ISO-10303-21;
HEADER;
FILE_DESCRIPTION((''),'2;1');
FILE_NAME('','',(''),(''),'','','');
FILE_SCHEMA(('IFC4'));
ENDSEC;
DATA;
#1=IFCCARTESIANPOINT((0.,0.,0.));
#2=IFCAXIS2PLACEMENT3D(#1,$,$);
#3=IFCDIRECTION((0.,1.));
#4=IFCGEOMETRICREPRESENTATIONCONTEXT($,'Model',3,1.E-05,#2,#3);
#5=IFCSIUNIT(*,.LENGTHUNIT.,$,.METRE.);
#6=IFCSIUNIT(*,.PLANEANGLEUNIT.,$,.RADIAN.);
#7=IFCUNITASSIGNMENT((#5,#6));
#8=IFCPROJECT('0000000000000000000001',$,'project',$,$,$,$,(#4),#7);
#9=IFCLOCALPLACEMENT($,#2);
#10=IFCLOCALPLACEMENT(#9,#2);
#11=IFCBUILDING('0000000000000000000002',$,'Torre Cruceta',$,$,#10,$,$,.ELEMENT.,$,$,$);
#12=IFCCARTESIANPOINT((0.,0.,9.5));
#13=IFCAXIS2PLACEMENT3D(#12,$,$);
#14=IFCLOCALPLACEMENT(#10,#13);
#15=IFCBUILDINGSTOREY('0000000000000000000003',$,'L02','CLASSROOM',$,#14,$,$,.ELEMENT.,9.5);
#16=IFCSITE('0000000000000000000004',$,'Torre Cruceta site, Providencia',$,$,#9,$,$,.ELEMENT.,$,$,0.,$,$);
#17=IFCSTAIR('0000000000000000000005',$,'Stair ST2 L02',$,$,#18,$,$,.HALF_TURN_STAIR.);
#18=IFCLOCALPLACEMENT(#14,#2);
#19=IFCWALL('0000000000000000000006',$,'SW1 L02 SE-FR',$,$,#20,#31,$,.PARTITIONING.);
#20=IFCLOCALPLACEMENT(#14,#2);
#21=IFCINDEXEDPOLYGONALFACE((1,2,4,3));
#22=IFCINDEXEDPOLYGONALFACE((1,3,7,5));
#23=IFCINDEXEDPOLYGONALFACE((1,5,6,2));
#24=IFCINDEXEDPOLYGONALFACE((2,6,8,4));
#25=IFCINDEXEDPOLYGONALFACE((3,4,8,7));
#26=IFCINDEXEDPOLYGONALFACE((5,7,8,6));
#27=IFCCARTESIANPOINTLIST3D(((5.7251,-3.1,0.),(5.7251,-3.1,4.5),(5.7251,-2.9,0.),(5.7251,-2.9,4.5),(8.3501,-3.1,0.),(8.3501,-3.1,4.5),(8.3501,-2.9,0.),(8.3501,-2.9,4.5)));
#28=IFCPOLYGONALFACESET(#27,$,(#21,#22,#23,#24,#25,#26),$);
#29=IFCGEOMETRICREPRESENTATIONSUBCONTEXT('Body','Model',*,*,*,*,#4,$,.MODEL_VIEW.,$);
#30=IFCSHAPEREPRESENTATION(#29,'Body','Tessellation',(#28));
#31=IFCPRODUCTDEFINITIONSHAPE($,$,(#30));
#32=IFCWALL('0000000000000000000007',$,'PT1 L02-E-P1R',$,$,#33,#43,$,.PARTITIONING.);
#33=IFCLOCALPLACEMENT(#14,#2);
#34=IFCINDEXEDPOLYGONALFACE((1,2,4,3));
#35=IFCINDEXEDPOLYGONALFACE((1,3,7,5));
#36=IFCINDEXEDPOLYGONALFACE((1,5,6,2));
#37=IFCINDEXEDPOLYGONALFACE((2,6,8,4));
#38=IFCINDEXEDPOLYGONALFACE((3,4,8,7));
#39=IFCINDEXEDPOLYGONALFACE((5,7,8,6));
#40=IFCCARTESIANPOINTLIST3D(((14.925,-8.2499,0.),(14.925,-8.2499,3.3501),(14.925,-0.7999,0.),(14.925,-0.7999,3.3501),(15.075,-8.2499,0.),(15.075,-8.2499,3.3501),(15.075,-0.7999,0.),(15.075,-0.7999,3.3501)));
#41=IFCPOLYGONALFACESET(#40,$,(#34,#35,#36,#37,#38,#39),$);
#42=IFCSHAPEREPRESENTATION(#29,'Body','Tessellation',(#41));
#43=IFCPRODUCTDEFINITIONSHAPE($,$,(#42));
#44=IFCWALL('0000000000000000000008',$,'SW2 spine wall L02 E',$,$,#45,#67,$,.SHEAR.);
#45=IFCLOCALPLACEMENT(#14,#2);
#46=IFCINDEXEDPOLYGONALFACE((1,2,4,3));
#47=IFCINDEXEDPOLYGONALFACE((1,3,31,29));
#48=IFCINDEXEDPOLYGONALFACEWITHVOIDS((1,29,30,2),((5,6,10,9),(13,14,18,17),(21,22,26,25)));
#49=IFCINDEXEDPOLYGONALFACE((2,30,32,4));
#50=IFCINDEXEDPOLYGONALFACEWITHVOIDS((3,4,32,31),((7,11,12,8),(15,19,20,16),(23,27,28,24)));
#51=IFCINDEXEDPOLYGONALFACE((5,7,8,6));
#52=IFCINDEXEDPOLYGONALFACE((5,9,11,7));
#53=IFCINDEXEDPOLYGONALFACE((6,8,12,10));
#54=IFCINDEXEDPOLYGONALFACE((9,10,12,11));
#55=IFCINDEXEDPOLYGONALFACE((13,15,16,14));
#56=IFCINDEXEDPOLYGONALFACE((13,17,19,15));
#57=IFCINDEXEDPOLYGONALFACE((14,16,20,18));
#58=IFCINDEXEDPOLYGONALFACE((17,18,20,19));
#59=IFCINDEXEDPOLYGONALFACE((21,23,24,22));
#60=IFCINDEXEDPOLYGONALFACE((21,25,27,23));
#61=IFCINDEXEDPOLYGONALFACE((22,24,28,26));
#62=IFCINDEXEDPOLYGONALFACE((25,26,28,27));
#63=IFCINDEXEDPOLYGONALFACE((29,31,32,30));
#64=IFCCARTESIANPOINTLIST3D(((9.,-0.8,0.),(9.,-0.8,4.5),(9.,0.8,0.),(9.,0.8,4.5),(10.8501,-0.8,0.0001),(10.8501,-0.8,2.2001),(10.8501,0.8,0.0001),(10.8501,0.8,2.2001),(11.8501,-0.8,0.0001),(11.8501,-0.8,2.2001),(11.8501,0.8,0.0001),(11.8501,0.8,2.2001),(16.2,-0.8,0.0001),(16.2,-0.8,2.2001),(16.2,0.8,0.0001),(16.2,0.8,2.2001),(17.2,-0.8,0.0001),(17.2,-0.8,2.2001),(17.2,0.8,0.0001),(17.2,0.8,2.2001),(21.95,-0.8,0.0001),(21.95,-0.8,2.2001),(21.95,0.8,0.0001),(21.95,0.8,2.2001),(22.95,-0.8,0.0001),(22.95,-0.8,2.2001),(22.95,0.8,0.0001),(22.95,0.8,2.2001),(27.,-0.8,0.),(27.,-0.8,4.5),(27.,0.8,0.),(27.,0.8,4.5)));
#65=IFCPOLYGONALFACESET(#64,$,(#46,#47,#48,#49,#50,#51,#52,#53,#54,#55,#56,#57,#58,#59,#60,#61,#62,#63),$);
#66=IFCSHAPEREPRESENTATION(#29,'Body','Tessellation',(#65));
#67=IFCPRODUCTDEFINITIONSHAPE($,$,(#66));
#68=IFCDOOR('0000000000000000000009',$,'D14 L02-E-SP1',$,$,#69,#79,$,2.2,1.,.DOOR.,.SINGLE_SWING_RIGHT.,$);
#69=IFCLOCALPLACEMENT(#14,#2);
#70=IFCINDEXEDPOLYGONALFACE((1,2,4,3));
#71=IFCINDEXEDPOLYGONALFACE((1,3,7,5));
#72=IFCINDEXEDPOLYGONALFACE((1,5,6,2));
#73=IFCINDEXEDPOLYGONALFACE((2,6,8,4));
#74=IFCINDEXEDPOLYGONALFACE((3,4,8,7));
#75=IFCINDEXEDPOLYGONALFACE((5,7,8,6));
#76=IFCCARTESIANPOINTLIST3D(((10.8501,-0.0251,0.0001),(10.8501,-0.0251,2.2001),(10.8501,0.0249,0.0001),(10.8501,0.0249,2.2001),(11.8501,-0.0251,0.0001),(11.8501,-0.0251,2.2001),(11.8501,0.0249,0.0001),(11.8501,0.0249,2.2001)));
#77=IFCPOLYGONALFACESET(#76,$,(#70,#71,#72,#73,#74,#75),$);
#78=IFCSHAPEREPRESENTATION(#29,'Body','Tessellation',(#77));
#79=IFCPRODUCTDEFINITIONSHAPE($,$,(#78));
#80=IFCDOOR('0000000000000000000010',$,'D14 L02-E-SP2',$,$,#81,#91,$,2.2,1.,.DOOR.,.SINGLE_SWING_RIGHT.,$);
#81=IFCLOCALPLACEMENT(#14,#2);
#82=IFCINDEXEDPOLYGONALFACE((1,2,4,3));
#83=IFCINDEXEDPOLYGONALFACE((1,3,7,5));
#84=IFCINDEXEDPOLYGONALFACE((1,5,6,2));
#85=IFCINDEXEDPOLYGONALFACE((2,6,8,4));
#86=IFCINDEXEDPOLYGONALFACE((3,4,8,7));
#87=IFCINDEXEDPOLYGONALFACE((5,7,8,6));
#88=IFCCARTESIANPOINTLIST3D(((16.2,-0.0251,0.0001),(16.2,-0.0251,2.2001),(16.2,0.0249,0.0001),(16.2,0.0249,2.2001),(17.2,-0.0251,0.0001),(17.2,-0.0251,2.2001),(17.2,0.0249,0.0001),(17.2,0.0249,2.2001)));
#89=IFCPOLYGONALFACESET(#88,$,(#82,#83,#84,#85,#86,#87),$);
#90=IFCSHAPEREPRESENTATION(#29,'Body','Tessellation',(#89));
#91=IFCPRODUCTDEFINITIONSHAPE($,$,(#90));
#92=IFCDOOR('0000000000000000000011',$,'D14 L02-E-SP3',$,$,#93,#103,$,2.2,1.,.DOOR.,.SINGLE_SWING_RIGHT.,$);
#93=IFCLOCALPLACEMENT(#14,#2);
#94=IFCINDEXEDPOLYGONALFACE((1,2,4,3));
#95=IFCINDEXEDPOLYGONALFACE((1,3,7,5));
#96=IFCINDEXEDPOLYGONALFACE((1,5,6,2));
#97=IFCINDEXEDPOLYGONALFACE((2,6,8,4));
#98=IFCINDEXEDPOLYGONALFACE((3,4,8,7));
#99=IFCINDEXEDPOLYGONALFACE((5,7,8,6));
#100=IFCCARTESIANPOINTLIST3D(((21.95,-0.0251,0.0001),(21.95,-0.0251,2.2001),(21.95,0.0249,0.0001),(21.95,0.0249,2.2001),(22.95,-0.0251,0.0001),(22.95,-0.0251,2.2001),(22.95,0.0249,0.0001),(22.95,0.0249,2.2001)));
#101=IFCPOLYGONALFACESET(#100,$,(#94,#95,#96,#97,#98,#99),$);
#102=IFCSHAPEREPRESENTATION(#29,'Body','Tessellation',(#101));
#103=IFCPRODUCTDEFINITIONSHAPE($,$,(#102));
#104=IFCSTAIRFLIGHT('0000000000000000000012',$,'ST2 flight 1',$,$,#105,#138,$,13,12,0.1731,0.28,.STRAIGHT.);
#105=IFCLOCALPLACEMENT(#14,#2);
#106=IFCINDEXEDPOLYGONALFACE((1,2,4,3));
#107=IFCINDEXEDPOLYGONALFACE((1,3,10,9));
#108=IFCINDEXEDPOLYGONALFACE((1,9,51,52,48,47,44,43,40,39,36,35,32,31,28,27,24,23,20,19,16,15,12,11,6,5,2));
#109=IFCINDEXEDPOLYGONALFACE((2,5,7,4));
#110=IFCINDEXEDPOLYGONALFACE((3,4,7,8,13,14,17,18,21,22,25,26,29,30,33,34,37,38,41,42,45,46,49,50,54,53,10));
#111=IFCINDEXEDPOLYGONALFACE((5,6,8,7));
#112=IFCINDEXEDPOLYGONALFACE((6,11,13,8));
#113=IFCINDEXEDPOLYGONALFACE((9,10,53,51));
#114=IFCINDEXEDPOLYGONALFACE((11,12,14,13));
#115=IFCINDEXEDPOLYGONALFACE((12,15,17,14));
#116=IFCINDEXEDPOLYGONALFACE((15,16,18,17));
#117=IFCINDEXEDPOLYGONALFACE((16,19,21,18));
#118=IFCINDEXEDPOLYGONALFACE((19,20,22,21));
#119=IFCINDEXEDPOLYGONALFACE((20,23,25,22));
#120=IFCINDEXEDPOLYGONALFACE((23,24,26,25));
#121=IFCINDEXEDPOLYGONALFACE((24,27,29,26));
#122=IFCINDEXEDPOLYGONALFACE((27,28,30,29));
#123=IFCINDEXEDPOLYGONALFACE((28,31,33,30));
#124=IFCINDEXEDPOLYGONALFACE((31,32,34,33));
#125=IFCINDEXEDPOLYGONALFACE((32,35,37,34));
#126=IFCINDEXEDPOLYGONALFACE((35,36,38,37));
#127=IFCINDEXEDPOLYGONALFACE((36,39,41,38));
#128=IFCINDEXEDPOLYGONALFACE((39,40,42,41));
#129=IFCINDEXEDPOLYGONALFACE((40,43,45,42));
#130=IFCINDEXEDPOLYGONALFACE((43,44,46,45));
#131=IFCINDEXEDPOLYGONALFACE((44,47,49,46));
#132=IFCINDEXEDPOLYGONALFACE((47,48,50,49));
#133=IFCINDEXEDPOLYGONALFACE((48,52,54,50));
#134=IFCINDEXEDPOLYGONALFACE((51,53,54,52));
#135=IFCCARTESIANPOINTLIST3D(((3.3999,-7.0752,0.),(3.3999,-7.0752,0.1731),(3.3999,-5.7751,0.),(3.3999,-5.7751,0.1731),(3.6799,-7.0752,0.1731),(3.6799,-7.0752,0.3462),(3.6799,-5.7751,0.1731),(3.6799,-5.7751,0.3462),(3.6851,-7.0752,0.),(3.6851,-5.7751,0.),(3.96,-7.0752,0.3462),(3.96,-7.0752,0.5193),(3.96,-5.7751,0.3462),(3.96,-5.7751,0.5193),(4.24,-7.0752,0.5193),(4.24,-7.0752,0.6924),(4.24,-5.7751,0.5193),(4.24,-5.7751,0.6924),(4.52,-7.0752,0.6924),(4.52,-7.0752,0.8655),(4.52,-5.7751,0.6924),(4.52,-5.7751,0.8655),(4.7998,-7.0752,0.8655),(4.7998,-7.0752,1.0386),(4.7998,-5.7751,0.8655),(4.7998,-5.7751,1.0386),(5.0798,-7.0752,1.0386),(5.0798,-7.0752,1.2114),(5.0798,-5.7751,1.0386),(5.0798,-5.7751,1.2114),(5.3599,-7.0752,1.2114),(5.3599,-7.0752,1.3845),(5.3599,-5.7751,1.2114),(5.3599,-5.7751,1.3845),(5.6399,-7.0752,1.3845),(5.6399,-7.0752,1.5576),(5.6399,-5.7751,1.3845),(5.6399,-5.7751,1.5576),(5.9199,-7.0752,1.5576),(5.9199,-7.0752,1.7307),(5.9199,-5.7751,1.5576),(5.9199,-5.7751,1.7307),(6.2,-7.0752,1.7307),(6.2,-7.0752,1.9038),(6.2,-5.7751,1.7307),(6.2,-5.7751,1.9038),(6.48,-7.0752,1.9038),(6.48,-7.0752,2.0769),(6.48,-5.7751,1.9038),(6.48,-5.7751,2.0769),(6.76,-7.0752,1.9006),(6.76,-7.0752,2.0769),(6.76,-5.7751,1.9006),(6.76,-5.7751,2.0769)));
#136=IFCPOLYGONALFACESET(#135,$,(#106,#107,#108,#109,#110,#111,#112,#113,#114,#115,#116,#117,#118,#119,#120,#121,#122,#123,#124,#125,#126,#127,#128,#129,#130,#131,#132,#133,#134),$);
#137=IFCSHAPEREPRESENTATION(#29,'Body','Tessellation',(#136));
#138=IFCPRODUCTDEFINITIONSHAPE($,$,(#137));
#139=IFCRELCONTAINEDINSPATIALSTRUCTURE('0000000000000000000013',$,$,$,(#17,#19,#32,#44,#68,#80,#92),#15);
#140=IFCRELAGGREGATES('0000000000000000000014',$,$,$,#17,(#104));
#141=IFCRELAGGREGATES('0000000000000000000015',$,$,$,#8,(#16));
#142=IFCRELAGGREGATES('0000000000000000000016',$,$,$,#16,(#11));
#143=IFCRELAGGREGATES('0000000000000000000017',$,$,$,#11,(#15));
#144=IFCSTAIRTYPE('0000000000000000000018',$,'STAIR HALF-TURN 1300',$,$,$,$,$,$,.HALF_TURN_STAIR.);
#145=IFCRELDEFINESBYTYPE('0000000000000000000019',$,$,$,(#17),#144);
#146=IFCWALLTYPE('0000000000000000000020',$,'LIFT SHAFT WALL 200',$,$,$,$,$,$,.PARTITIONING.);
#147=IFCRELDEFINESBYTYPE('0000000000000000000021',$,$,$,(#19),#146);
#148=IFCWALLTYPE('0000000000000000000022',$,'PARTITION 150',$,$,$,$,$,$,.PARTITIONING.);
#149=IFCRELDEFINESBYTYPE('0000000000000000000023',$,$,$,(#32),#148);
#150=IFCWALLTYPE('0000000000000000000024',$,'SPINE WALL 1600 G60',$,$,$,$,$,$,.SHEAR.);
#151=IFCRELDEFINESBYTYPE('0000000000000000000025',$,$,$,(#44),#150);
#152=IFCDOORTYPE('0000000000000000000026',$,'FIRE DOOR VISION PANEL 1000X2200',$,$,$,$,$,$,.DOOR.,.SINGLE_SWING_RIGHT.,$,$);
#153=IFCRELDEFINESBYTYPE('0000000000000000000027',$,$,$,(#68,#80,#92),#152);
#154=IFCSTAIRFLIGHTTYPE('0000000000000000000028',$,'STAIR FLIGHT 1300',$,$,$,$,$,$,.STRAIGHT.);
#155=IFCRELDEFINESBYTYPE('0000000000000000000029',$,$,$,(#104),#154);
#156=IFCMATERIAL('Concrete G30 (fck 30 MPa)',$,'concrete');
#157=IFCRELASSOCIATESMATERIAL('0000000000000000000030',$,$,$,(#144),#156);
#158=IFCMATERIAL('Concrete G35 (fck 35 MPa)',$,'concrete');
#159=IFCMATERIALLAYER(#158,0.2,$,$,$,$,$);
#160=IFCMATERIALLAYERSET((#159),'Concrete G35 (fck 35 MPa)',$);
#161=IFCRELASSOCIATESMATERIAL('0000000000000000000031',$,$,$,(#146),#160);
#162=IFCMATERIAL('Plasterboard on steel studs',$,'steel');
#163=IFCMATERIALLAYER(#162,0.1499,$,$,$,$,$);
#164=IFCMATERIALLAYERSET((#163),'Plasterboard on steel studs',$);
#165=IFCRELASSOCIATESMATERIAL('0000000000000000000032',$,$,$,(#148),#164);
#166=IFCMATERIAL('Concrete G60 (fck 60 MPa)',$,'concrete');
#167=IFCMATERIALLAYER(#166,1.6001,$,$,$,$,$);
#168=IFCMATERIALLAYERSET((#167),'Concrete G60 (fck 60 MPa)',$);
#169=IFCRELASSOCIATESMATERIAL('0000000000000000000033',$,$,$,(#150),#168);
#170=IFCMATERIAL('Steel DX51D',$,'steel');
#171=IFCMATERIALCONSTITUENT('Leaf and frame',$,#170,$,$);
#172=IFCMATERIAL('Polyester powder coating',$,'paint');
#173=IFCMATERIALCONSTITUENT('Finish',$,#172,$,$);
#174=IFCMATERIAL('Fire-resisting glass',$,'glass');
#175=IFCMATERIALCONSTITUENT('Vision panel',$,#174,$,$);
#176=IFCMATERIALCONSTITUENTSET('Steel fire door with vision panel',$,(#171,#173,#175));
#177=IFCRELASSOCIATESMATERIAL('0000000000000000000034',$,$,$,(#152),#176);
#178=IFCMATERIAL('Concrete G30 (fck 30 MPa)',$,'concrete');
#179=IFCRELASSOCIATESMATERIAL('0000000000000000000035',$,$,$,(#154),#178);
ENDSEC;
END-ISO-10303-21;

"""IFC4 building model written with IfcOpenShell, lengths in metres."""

from ifc_helpers import new_model, si_unit, direction, frame, frame_2d, origin, place, context, subcontext, project, spatial, polyline, rectangle, outline, extrude, material, layer, layer_set, constituent, constituent_set, type_object, element, fill, aggregate, save


model = new_model("IFC4")

# Units and contexts
model_context = context("Model", 3, precision=1e-05, world=origin(), true_north=direction((0.0, 1.0)))
body_context = subcontext(model_context, "Body", "Model", "MODEL_VIEW")
ifc_project = project(units=[si_unit("LENGTHUNIT", "METRE"), si_unit("PLANEANGLEUNIT", "RADIAN")], contexts=[model_context])

# Site, building, storey
site_placement = place(None, origin())
site = spatial("IfcSite", under=ifc_project, at=site_placement, Name="Torre Cruceta site, Providencia", CompositionType="ELEMENT", RefElevation=0.0)
building_placement = place(site_placement, origin())
building = spatial("IfcBuilding", under=site, at=building_placement, Name="Torre Cruceta", CompositionType="ELEMENT")
storey_placement = place(building_placement, frame((0.0, 0.0, 9.5)))
storey = spatial("IfcBuildingStorey", under=building, at=storey_placement, Name="L02", Description="CLASSROOM", CompositionType="ELEMENT", Elevation=9.5)

# Stair
ifc_material_1 = material(Name="Concrete G30 (fck 30 MPa)", Category="concrete")
stair_type = type_object("IfcStairType", Name="STAIR HALF-TURN 1300", PredefinedType="HALF_TURN_STAIR", material=ifc_material_1)
stair_1_placement = place(storey_placement, origin())
stair_1 = element("IfcStair", 1, at=stair_1_placement, inside=storey, type_object=stair_type, Name="Stair ST2 L02", PredefinedType="HALF_TURN_STAIR")

# Walls
ifc_material_2 = material(Name="Concrete G35 (fck 35 MPa)", Category="concrete")
ifc_layer_1 = layer(ifc_material_2, 0.2)
ifc_layer_set_1 = layer_set([ifc_layer_1], Name="Concrete G35 (fck 35 MPa)")
wall_type_1 = type_object("IfcWallType", Name="LIFT SHAFT WALL 200", PredefinedType="PARTITIONING", material=ifc_layer_set_1)
wall_1_placement = place(storey_placement, frame((5.7251, -3.0, 0.0), z_axis=(0.0, 0.0, 1.0), x_axis=(1.0, 0.0, 0.0)))
element("IfcWall", 2, at=wall_1_placement, inside=storey, type_object=wall_type_1, Name="SW1 L02 SE-FR", PredefinedType="PARTITIONING", context=body_context, shape_type="SweptSolid", body=[
    extrude(rectangle(XDim=2.625, YDim=0.2, at=frame_2d((1.3125, 0.0))), origin(), (0.0, 0.0, 1.0), 4.5),
])
ifc_material_3 = material(Name="Plasterboard on steel studs", Category="steel")
ifc_layer_2 = layer(ifc_material_3, 0.1499)
ifc_layer_set_2 = layer_set([ifc_layer_2], Name="Plasterboard on steel studs")
wall_type_2 = type_object("IfcWallType", Name="PARTITION 150", PredefinedType="PARTITIONING", material=ifc_layer_set_2)
wall_2_placement = place(storey_placement, frame((15.0, -8.25, 0.0), z_axis=(0.0, 0.0, 1.0), x_axis=(0.0, 1.0, 0.0)))
element("IfcWall", 3, at=wall_2_placement, inside=storey, type_object=wall_type_2, Name="PT1 L02-E-P1R", PredefinedType="PARTITIONING", context=body_context, shape_type="SweptSolid", body=[
    extrude(rectangle(XDim=7.45, YDim=0.1499, at=frame_2d((3.7251, 0.0))), origin(), (0.0, 0.0, 1.0), 3.3501),
])

# Wall, openings, doors
ifc_material_4 = material(Name="Concrete G60 (fck 60 MPa)", Category="concrete")
ifc_layer_3 = layer(ifc_material_4, 1.6001)
ifc_layer_set_3 = layer_set([ifc_layer_3], Name="Concrete G60 (fck 60 MPa)")
wall_type_3 = type_object("IfcWallType", Name="SPINE WALL 1600 G60", PredefinedType="SHEAR", material=ifc_layer_set_3)
wall_3_placement = place(storey_placement, frame((9.0, 0.0, 0.0), z_axis=(0.0, 0.0, 1.0), x_axis=(1.0, 0.0, 0.0)))
wall_3 = element("IfcWall", 4, at=wall_3_placement, inside=storey, type_object=wall_type_3, Name="SW2 spine wall L02 E", PredefinedType="SHEAR", context=body_context, shape_type="SweptSolid", body=[
    extrude(rectangle(XDim=18.0, YDim=1.6001, at=frame_2d((9.0, 0.0))), origin(), (0.0, 0.0, 1.0), 4.5),
])
opening_1_placement = place(wall_3_placement, frame((1.8501, 0.0, 0.0)))
opening_1 = element("IfcOpeningElement", 5, at=opening_1_placement, cuts=wall_3, PredefinedType="OPENING", context=body_context, shape_type="SweptSolid", body=[
    extrude(rectangle(XDim=1.0, YDim=2.2, at=frame_2d((0.5, 1.1001))), frame((0.0, 0.8101, 0.0), z_axis=(0.0, -1.0, 0.0), x_axis=(1.0, 0.0, 0.0)), (0.0, 0.0, 1.0), 1.6201),
])
opening_2_placement = place(wall_3_placement, frame((7.2, 0.0, 0.0)))
opening_2 = element("IfcOpeningElement", 6, at=opening_2_placement, cuts=wall_3, PredefinedType="OPENING", context=body_context, shape_type="SweptSolid", body=[
    extrude(rectangle(XDim=1.0, YDim=2.2, at=frame_2d((0.5, 1.1001))), frame((0.0, 0.8101, 0.0), z_axis=(0.0, -1.0, 0.0), x_axis=(1.0, 0.0, 0.0)), (0.0, 0.0, 1.0), 1.6201),
])
opening_3_placement = place(wall_3_placement, frame((12.95, 0.0, 0.0)))
opening_3 = element("IfcOpeningElement", 7, at=opening_3_placement, cuts=wall_3, PredefinedType="OPENING", context=body_context, shape_type="SweptSolid", body=[
    extrude(rectangle(XDim=1.0, YDim=2.2, at=frame_2d((0.5, 1.1001))), frame((0.0, 0.8101, 0.0), z_axis=(0.0, -1.0, 0.0), x_axis=(1.0, 0.0, 0.0)), (0.0, 0.0, 1.0), 1.6201),
])
ifc_material_5 = material(Name="Steel DX51D", Category="steel")
ifc_constituent_1 = constituent(ifc_material_5, Name="Leaf and frame")
ifc_material_6 = material(Name="Polyester powder coating", Category="paint")
ifc_constituent_2 = constituent(ifc_material_6, Name="Finish")
ifc_material_7 = material(Name="Fire-resisting glass", Category="glass")
ifc_constituent_3 = constituent(ifc_material_7, Name="Vision panel")
ifc_constituent_set_1 = constituent_set(constituents=[ifc_constituent_1, ifc_constituent_2, ifc_constituent_3], Name="Steel fire door with vision panel")
door_type_1 = type_object("IfcDoorType", Name="FIRE DOOR VISION PANEL 1000X2200", OperationType="SINGLE_SWING_RIGHT", PredefinedType="DOOR", material=ifc_constituent_set_1)
door_1_placement = place(opening_1_placement, frame((1.0, 0.0, 0.0), z_axis=(0.0, 0.0, 1.0), x_axis=(-1.0, 0.0, 0.0)))
door_1 = element("IfcDoor", 8, at=door_1_placement, inside=storey, type_object=door_type_1, Name="D14 L02-E-SP1", OperationType="SINGLE_SWING_RIGHT", OverallHeight=2.2, OverallWidth=1.0, PredefinedType="DOOR", context=body_context, shape_type="SweptSolid", body=[
    extrude(rectangle(XDim=1.0, YDim=2.2, at=frame_2d((0.5, 1.1001))), frame((0.0, 0.0251, 0.0), z_axis=(0.0, -1.0, 0.0), x_axis=(1.0, 0.0, 0.0)), (0.0, 0.0, 1.0), 0.05),
])
fill(opening_1, door_1)
door_2_placement = place(opening_2_placement, frame((1.0, 0.0, 0.0), z_axis=(0.0, 0.0, 1.0), x_axis=(-1.0, 0.0, 0.0)))
door_2 = element("IfcDoor", 9, at=door_2_placement, inside=storey, type_object=door_type_1, Name="D14 L02-E-SP2", OperationType="SINGLE_SWING_RIGHT", OverallHeight=2.2, OverallWidth=1.0, PredefinedType="DOOR", context=body_context, shape_type="SweptSolid", body=[
    extrude(rectangle(XDim=1.0, YDim=2.2, at=frame_2d((0.5, 1.1001))), frame((0.0, 0.0251, 0.0), z_axis=(0.0, -1.0, 0.0), x_axis=(1.0, 0.0, 0.0)), (0.0, 0.0, 1.0), 0.05),
])
fill(opening_2, door_2)
door_3_placement = place(opening_3_placement, origin())
door_3 = element("IfcDoor", 10, at=door_3_placement, inside=storey, type_object=door_type_1, Name="D14 L02-E-SP3", OperationType="SINGLE_SWING_RIGHT", OverallHeight=2.2, OverallWidth=1.0, PredefinedType="DOOR", context=body_context, shape_type="SweptSolid", body=[
    extrude(rectangle(XDim=1.0, YDim=2.2, at=frame_2d((0.5, 1.1001))), frame((0.0, 0.0249, 0.0), z_axis=(0.0, -1.0, 0.0), x_axis=(1.0, 0.0, 0.0)), (0.0, 0.0, 1.0), 0.05),
])
fill(opening_3, door_3)

# Stair flight
ifc_material_8 = material(Name="Concrete G30 (fck 30 MPa)", Category="concrete")
stair_flight_type = type_object("IfcStairFlightType", Name="STAIR FLIGHT 1300", PredefinedType="STRAIGHT", material=ifc_material_8)
stair_flight_1_placement = place(storey_placement, frame((3.3999, -6.425, 0.0), z_axis=(0.0, 0.0, 1.0), x_axis=(1.0, 0.0, 0.0)))
stair_flight_1 = element("IfcStairFlight", 11, at=stair_flight_1_placement, type_object=stair_flight_type, Name="ST2 flight 1", NumberOfRisers=13, NumberOfTreads=12, PredefinedType="STRAIGHT", RiserHeight=0.1731, TreadLength=0.28, context=body_context, shape_type="SweptSolid", body=[
    extrude(outline(polyline([(0.0, 0.0), (0.0, 0.1731), (0.28, 0.1731), (0.28, 0.3462), (0.5601, 0.3462), (0.5601, 0.5193), (0.8401, 0.5193), (0.8401, 0.6924), (1.1201, 0.6924), (1.1201, 0.8655), (1.3999, 0.8655), (1.3999, 1.0386), (1.6799, 1.0386), (1.6799, 1.2114), (1.96, 1.2114), (1.96, 1.3845), (2.24, 1.3845), (2.24, 1.5576), (2.52, 1.5576), (2.52, 1.7307), (2.8, 1.7307), (2.8, 1.9038), (3.0801, 1.9038), (3.0801, 2.0769), (3.3601, 2.0769), (3.3601, 2.25), (3.3601, 1.9006), (0.2852, 0.0), (0.0, 0.0)])), frame((0.0, 0.6499, 0.0), z_axis=(0.0, -1.0, 0.0), x_axis=(1.0, 0.0, 0.0)), (0.0, 0.0, 1.0), 1.3),
])
aggregate(stair_1, [stair_flight_1])

save(model, "model.ifc")
